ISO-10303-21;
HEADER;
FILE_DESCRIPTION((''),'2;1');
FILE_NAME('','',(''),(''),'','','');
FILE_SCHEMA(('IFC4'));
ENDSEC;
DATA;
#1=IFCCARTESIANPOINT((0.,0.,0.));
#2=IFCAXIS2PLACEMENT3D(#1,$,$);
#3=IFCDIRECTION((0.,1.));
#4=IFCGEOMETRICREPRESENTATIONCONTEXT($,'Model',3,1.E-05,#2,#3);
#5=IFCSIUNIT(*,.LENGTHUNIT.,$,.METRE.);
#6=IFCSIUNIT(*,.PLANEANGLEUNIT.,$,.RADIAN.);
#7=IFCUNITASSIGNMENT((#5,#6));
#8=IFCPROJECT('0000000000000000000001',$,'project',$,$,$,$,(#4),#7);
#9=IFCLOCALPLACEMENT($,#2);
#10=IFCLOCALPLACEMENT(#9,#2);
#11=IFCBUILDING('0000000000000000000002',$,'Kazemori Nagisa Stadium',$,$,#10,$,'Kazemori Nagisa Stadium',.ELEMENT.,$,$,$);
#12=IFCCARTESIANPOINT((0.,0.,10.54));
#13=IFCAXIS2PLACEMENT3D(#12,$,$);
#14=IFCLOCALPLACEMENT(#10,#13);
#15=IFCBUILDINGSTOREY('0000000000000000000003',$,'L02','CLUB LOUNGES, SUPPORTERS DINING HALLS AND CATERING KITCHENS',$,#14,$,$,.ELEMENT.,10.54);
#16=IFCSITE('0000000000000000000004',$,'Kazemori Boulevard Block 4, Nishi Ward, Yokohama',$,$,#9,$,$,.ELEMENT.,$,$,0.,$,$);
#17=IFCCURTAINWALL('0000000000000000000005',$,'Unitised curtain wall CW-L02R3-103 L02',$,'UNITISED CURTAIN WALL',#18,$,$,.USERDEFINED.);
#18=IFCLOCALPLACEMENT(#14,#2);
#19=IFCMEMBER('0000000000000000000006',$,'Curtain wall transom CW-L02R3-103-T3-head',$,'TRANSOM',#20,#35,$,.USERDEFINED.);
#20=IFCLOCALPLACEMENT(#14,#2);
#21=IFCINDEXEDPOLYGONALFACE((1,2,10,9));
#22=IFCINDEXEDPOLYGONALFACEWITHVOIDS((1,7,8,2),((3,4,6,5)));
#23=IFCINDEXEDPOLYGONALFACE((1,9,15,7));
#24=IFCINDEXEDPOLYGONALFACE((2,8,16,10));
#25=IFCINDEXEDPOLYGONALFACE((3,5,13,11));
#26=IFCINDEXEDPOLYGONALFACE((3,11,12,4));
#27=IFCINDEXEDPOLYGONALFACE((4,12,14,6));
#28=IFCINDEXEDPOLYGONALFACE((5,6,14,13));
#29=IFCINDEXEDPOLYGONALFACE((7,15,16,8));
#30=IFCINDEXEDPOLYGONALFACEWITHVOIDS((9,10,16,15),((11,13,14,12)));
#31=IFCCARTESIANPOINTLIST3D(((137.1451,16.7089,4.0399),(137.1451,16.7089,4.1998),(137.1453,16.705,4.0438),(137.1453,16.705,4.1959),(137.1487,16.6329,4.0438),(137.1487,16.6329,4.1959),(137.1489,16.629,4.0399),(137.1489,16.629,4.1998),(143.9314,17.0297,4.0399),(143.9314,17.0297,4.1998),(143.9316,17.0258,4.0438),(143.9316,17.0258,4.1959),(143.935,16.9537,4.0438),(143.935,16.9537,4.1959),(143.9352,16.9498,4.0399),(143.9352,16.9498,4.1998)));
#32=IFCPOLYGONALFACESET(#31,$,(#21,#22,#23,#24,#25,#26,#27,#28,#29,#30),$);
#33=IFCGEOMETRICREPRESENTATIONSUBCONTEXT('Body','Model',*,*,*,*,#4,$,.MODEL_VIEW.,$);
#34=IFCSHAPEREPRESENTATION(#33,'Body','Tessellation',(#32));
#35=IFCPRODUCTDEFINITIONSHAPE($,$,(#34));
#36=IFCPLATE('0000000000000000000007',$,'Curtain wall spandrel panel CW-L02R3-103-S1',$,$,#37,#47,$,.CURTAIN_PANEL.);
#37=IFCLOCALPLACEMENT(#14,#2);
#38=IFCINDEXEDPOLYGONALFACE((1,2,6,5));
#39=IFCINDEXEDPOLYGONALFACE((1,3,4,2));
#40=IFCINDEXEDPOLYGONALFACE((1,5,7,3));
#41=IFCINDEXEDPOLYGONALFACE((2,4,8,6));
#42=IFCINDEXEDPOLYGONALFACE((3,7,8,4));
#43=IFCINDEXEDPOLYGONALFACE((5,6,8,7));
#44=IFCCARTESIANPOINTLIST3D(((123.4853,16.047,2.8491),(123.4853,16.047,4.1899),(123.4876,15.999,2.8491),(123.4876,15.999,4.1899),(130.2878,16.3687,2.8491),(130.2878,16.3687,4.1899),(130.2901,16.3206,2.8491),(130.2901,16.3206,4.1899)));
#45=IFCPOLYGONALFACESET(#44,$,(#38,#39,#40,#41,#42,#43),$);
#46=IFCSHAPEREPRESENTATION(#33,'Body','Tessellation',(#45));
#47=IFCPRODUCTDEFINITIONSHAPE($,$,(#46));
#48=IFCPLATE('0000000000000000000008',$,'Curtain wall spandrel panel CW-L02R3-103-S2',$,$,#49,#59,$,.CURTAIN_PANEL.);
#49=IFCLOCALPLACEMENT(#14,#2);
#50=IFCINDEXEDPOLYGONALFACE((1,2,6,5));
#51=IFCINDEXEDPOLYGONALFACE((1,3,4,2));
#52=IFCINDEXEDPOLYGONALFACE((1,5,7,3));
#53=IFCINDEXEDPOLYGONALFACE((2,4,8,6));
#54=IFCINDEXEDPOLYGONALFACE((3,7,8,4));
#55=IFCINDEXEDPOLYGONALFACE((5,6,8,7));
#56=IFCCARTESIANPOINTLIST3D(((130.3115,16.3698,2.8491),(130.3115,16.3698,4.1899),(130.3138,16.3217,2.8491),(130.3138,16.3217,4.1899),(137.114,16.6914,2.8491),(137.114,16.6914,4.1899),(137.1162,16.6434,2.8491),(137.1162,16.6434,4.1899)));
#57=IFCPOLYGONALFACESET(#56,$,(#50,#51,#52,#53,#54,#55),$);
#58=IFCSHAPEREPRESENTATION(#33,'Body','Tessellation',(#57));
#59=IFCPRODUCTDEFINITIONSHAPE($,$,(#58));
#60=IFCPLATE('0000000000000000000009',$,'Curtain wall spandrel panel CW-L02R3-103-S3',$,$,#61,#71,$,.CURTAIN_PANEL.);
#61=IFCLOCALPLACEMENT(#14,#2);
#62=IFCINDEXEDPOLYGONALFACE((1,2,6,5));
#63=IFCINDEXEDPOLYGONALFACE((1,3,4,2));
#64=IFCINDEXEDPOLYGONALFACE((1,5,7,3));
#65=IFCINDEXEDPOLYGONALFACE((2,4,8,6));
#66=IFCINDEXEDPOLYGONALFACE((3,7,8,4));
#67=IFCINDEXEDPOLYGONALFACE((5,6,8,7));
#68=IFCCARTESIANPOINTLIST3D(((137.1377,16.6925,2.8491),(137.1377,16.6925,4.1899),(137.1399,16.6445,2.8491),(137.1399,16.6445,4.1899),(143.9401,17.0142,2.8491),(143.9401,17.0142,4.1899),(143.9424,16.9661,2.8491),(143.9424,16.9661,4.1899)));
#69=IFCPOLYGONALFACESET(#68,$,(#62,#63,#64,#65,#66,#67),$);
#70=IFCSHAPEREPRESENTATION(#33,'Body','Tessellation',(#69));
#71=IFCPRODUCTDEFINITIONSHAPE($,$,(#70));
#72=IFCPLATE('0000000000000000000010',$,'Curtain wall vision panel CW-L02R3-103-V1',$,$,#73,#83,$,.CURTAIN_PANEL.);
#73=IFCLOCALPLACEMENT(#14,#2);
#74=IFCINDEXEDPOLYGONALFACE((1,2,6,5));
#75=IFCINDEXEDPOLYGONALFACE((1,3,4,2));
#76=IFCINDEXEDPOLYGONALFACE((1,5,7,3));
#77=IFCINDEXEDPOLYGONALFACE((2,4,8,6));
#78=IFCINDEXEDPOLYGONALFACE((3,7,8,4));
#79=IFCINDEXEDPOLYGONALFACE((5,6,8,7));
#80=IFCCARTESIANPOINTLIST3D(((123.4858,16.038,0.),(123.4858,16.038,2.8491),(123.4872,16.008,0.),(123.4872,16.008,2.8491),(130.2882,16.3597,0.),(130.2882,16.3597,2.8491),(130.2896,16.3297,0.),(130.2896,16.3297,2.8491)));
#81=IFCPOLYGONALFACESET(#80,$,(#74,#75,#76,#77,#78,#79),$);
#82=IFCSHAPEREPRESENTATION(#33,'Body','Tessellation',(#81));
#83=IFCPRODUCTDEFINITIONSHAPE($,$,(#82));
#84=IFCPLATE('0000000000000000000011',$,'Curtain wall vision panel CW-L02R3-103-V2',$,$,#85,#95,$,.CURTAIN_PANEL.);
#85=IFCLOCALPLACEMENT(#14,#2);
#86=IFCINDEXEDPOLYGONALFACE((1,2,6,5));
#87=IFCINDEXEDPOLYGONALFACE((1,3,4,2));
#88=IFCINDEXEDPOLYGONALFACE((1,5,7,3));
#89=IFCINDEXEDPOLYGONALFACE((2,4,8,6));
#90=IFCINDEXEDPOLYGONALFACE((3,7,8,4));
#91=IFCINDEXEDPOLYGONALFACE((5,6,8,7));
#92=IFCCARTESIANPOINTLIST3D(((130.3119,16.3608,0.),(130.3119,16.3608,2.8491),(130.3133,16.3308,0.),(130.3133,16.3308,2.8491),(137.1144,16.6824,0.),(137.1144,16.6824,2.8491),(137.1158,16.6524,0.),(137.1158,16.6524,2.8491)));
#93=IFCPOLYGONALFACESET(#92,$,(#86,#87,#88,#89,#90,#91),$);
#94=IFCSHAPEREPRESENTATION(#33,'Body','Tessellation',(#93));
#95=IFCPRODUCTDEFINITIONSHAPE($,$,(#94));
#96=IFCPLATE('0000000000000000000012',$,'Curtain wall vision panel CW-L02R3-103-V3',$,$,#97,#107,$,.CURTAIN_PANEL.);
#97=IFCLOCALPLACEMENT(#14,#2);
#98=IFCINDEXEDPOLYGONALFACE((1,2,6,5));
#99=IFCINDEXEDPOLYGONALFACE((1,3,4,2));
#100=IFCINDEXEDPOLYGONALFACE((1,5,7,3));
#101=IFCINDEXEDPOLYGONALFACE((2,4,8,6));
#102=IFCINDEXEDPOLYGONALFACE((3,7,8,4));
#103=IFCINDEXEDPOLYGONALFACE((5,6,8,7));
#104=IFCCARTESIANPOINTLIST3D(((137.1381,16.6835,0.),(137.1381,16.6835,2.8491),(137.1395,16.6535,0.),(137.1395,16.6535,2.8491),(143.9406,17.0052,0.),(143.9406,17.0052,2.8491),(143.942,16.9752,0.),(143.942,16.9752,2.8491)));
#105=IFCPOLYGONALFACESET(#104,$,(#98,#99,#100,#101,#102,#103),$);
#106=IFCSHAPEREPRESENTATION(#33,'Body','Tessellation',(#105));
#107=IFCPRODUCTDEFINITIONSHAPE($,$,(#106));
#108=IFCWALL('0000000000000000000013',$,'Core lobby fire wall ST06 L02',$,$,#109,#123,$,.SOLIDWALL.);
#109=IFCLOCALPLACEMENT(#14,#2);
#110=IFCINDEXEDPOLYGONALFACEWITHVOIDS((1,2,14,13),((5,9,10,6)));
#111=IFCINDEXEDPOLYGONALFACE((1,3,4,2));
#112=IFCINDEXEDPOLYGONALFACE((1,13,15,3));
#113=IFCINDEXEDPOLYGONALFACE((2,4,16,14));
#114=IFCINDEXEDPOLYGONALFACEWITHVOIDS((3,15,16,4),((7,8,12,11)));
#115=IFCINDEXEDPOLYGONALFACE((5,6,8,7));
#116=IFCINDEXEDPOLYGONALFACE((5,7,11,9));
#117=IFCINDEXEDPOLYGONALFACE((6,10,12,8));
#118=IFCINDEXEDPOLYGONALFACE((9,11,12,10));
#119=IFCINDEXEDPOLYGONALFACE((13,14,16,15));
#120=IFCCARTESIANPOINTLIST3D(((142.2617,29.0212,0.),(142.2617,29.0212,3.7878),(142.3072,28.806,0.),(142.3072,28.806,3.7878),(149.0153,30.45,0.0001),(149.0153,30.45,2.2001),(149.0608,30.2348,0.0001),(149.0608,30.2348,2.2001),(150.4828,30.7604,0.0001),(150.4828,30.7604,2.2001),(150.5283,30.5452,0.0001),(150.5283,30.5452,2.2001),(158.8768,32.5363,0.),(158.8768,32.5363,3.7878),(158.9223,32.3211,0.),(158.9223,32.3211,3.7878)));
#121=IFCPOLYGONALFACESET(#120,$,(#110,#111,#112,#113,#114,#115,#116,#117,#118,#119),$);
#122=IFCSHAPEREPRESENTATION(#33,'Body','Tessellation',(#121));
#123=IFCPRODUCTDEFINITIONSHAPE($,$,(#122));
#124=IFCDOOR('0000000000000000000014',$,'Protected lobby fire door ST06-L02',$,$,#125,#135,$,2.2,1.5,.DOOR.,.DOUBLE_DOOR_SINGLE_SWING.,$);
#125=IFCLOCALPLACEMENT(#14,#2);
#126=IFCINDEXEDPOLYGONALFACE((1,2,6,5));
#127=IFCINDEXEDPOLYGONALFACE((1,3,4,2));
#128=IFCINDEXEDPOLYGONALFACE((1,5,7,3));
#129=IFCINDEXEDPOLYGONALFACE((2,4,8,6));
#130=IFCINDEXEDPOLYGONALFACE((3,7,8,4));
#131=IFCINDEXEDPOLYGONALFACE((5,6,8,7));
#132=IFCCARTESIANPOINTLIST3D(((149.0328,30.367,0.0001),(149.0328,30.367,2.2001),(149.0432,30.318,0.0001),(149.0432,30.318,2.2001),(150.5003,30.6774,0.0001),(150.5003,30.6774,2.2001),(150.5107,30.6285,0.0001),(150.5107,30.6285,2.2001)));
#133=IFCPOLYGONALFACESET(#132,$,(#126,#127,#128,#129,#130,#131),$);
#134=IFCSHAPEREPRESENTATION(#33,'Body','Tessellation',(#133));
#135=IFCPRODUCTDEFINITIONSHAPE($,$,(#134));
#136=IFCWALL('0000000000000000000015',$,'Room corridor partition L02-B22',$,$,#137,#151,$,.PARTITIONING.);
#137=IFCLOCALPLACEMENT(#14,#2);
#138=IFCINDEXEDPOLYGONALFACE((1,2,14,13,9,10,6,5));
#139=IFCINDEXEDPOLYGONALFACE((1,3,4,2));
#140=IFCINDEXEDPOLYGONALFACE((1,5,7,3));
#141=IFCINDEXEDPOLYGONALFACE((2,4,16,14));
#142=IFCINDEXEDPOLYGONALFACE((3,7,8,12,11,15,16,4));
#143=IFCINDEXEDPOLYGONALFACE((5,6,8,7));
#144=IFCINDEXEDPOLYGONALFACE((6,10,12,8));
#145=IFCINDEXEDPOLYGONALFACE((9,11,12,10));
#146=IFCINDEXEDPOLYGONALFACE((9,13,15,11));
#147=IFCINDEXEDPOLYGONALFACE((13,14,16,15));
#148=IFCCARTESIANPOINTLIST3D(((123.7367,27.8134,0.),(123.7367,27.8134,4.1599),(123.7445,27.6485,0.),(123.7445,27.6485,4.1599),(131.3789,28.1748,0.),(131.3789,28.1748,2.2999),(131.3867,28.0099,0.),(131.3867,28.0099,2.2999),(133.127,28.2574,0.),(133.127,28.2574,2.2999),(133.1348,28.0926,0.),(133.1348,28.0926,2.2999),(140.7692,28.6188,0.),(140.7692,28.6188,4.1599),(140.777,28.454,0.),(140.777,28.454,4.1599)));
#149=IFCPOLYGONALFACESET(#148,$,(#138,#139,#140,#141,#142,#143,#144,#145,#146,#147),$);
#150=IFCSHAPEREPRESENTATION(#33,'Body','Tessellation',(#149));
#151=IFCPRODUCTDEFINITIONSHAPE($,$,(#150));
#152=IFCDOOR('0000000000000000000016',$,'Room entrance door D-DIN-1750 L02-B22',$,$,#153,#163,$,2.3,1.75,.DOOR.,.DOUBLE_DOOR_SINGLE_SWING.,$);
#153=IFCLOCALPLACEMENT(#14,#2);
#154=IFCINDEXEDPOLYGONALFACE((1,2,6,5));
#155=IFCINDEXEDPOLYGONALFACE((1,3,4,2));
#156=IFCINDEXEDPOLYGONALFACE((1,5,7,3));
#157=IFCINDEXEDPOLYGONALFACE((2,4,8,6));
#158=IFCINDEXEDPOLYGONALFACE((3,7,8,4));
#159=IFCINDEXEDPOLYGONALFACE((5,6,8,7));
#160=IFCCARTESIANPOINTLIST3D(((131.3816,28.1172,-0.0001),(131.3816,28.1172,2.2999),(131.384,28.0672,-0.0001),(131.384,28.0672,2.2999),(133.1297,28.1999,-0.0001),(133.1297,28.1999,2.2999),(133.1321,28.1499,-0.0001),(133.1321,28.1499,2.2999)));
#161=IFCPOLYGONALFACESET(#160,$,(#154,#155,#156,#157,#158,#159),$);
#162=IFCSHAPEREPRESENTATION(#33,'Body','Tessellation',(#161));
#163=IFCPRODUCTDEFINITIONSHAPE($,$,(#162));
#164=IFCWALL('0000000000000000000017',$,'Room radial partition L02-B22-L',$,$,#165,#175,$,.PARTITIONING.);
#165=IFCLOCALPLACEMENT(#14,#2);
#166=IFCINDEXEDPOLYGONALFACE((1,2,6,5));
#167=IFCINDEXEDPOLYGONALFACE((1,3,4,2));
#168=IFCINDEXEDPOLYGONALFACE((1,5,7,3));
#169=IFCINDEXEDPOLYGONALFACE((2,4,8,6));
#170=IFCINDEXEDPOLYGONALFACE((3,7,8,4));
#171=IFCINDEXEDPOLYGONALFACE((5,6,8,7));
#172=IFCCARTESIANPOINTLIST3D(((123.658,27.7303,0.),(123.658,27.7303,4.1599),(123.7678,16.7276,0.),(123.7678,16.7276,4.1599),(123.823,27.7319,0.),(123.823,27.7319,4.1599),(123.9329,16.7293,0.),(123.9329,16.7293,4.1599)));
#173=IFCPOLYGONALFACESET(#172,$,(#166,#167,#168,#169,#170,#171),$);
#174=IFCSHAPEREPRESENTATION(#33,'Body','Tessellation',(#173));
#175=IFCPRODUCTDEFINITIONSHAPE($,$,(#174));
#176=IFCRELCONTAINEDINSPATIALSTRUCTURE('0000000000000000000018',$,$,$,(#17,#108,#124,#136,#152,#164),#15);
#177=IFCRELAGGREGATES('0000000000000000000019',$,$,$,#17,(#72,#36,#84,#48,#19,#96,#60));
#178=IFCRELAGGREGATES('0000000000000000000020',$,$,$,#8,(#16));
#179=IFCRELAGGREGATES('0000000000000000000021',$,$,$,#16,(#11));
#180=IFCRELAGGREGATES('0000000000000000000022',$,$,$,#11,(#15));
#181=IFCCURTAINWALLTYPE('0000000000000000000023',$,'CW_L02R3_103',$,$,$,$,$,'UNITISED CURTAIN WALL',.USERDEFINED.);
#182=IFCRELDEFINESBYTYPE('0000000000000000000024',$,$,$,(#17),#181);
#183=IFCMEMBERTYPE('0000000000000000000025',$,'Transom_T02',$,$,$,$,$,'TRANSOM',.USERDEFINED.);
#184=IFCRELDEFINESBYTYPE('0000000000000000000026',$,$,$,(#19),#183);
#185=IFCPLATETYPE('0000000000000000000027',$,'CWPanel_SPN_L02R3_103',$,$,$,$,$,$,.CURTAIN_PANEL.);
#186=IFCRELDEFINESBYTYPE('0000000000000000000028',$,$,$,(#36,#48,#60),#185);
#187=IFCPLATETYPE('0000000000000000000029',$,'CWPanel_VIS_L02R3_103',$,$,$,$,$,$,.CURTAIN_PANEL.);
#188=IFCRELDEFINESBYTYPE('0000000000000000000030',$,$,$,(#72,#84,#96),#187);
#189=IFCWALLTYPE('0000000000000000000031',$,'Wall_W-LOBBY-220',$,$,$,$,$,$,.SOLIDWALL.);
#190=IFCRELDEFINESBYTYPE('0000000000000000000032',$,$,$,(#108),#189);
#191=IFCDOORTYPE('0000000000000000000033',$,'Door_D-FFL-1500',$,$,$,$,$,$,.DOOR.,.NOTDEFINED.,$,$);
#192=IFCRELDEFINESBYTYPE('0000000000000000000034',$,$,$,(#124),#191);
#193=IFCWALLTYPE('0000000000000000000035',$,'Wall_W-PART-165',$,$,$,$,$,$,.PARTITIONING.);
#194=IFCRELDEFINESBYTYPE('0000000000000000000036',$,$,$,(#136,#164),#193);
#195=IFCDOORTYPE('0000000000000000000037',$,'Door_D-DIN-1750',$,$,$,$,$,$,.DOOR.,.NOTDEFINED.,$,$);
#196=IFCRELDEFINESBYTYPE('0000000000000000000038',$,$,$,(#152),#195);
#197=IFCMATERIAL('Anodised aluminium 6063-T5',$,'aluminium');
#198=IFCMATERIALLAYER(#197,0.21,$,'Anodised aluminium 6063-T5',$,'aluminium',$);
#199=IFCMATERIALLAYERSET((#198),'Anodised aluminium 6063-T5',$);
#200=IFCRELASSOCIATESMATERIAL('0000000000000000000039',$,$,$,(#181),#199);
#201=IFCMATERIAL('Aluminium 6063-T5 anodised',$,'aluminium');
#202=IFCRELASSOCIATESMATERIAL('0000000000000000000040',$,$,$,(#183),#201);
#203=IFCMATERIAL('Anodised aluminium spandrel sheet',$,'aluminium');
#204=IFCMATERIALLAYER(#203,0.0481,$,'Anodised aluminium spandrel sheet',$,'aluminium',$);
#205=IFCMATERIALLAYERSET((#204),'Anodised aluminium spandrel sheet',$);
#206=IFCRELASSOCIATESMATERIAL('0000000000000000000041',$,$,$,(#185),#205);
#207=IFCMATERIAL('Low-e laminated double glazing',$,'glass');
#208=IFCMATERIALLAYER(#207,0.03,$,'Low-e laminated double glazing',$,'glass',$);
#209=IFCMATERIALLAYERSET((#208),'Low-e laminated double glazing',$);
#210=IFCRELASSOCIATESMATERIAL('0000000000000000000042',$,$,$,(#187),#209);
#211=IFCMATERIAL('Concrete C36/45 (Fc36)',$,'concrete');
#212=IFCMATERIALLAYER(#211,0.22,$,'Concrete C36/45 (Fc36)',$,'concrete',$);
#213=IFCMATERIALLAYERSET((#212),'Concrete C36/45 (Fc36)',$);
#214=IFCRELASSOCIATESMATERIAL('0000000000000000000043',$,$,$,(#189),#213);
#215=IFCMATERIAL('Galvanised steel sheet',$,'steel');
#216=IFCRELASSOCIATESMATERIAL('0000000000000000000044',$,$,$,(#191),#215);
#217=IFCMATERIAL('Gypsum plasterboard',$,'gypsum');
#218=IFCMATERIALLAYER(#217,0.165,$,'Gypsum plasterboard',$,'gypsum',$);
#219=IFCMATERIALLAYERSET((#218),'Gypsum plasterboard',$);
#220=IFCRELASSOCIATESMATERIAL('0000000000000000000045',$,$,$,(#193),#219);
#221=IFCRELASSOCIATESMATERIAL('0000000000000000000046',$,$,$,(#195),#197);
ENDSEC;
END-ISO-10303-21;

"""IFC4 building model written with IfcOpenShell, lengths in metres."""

from ifc_helpers import new_model, si_unit, direction, frame, frame_2d, origin, origin_2d, place, context, subcontext, project, spatial, rectangle, hollow_rectangle, extrude, material, layer, layer_set, material_profile, profile_set, type_object, element, fill, aggregate, save


model = new_model("IFC4")

# Units and contexts
model_context = context("Model", 3, precision=1e-05, world=origin(), true_north=direction((0.0, 1.0)))
body_context = subcontext(model_context, "Body", "Model", "MODEL_VIEW")
ifc_project = project(units=[si_unit("LENGTHUNIT", "METRE"), si_unit("PLANEANGLEUNIT", "RADIAN")], contexts=[model_context])

# Site, building, storey
site_placement = place(None, origin())
site = spatial("IfcSite", under=ifc_project, at=site_placement, Name="Kazemori Boulevard Block 4, Nishi Ward, Yokohama", CompositionType="ELEMENT", RefElevation=0.0)
building_placement = place(site_placement, origin())
building = spatial("IfcBuilding", under=site, at=building_placement, Name="Kazemori Nagisa Stadium", LongName="Kazemori Nagisa Stadium", CompositionType="ELEMENT")
storey_placement = place(building_placement, frame((0.0, 0.0, 10.54)))
storey = spatial("IfcBuildingStorey", under=building, at=storey_placement, Name="L02", Description="CLUB LOUNGES, SUPPORTERS DINING HALLS AND CATERING KITCHENS", CompositionType="ELEMENT", Elevation=10.54)

# Curtain wall
ifc_material_1 = material(Name="Anodised aluminium 6063-T5", Category="aluminium")
ifc_layer_1 = layer(ifc_material_1, 0.21, Name="Anodised aluminium 6063-T5", Category="aluminium")
ifc_layer_set_1 = layer_set([ifc_layer_1], Name="Anodised aluminium 6063-T5")
curtain_wall_type_1 = type_object("IfcCurtainWallType", Name="CW_L02R3_103", ElementType="UNITISED CURTAIN WALL", PredefinedType="USERDEFINED", material=ifc_layer_set_1)
curtain_wall_1_placement = place(storey_placement, origin())
curtain_wall_1 = element("IfcCurtainWall", 1, at=curtain_wall_1_placement, inside=storey, type_object=curtain_wall_type_1, Name="Unitised curtain wall CW-L02R3-103 L02", ObjectType="UNITISED CURTAIN WALL", PredefinedType="USERDEFINED")
ifc_material_2 = material(Name="Aluminium 6063-T5 anodised", Category="aluminium")

# Member
ifc_material_profile_1 = material_profile(ifc_material_2, hollow_rectangle(XDim=0.0801, YDim=0.1599, WallThickness=0.0039, at=origin_2d()), Name="ALU-TRAN-80x160x4")
ifc_profile_set_1 = profile_set([ifc_material_profile_1], Name="Aluminium 6063-T5 anodised")
member_type_1 = type_object("IfcMemberType", Name="Transom_T02", ElementType="TRANSOM", PredefinedType="USERDEFINED", material=ifc_profile_set_1)
member_1_placement = place(storey_placement, frame((137.147, 16.6689, 4.1199), z_axis=(0.998885, 0.047219, 0.0), x_axis=(-0.047219, 0.998885, 0.0)))
member_1 = element("IfcMember", 2, at=member_1_placement, type_object=member_type_1, Name="Curtain wall transom CW-L02R3-103-T3-head", ObjectType="TRANSOM", PredefinedType="USERDEFINED", context=body_context, shape_type="SweptSolid", body=[
    extrude(hollow_rectangle(XDim=0.0801, YDim=0.1599, WallThickness=0.0039, at=origin_2d()), origin(), (0.0, 0.0, 1.0), 6.7939),
])

# Plates
ifc_material_3 = material(Name="Anodised aluminium spandrel sheet", Category="aluminium")
ifc_layer_2 = layer(ifc_material_3, 0.0481, Name="Anodised aluminium spandrel sheet", Category="aluminium")
ifc_layer_set_2 = layer_set([ifc_layer_2], Name="Anodised aluminium spandrel sheet")
plate_type_1 = type_object("IfcPlateType", Name="CWPanel_SPN_L02R3_103", PredefinedType="CURTAIN_PANEL", material=ifc_layer_set_2)
plate_1_placement = place(storey_placement, frame((126.8877, 16.1838, 2.8491), z_axis=(0.0, 0.0, 1.0), x_axis=(0.998884, 0.04723, 0.0)))
plate_1 = element("IfcPlate", 3, at=plate_1_placement, type_object=plate_type_1, Name="Curtain wall spandrel panel CW-L02R3-103-S1", PredefinedType="CURTAIN_PANEL", context=body_context, shape_type="SweptSolid", body=[
    extrude(rectangle(XDim=6.8101, YDim=0.0481, at=origin_2d()), origin(), (0.0, 0.0, 1.0), 1.3408),
])
plate_2_placement = place(storey_placement, frame((133.7139, 16.5066, 2.8491), z_axis=(0.0, 0.0, 1.0), x_axis=(0.998884, 0.04723, 0.0)))
plate_2 = element("IfcPlate", 4, at=plate_2_placement, type_object=plate_type_1, Name="Curtain wall spandrel panel CW-L02R3-103-S2", PredefinedType="CURTAIN_PANEL", context=body_context, shape_type="SweptSolid", body=[
    extrude(rectangle(XDim=6.8101, YDim=0.0481, at=origin_2d()), origin(), (0.0, 0.0, 1.0), 1.3408),
])
plate_3_placement = place(storey_placement, frame((140.54, 16.8293, 2.8491), z_axis=(0.0, 0.0, 1.0), x_axis=(0.998884, 0.04723, 0.0)))
plate_3 = element("IfcPlate", 5, at=plate_3_placement, type_object=plate_type_1, Name="Curtain wall spandrel panel CW-L02R3-103-S3", PredefinedType="CURTAIN_PANEL", context=body_context, shape_type="SweptSolid", body=[
    extrude(rectangle(XDim=6.8101, YDim=0.0481, at=origin_2d()), origin(), (0.0, 0.0, 1.0), 1.3408),
])
ifc_material_4 = material(Name="Low-e laminated double glazing", Category="glass")
ifc_layer_3 = layer(ifc_material_4, 0.03, Name="Low-e laminated double glazing", Category="glass")
ifc_layer_set_3 = layer_set([ifc_layer_3], Name="Low-e laminated double glazing")
plate_type_2 = type_object("IfcPlateType", Name="CWPanel_VIS_L02R3_103", PredefinedType="CURTAIN_PANEL", material=ifc_layer_set_3)
plate_4_placement = place(storey_placement, frame((126.8877, 16.1838, 0.0), z_axis=(0.0, 0.0, 1.0), x_axis=(0.998884, 0.04723, 0.0)))
plate_4 = element("IfcPlate", 6, at=plate_4_placement, type_object=plate_type_2, Name="Curtain wall vision panel CW-L02R3-103-V1", PredefinedType="CURTAIN_PANEL", context=body_context, shape_type="SweptSolid", body=[
    extrude(rectangle(XDim=6.8101, YDim=0.03, at=origin_2d()), origin(), (0.0, 0.0, 1.0), 2.8491),
])
plate_5_placement = place(storey_placement, frame((133.7139, 16.5066, 0.0), z_axis=(0.0, 0.0, 1.0), x_axis=(0.998884, 0.04723, 0.0)))
plate_5 = element("IfcPlate", 7, at=plate_5_placement, type_object=plate_type_2, Name="Curtain wall vision panel CW-L02R3-103-V2", PredefinedType="CURTAIN_PANEL", context=body_context, shape_type="SweptSolid", body=[
    extrude(rectangle(XDim=6.8101, YDim=0.03, at=origin_2d()), origin(), (0.0, 0.0, 1.0), 2.8491),
])
plate_6_placement = place(storey_placement, frame((140.54, 16.8293, 0.0), z_axis=(0.0, 0.0, 1.0), x_axis=(0.998884, 0.04723, 0.0)))
plate_6 = element("IfcPlate", 8, at=plate_6_placement, type_object=plate_type_2, Name="Curtain wall vision panel CW-L02R3-103-V3", PredefinedType="CURTAIN_PANEL", context=body_context, shape_type="SweptSolid", body=[
    extrude(rectangle(XDim=6.8101, YDim=0.03, at=origin_2d()), origin(), (0.0, 0.0, 1.0), 2.8491),
])
aggregate(curtain_wall_1, [plate_4, plate_1, plate_5, plate_2, member_1, plate_6, plate_3])

# Walls, openings, doors
ifc_material_5 = material(Name="Concrete C36/45 (Fc36)", Category="concrete")
ifc_layer_4 = layer(ifc_material_5, 0.22, Name="Concrete C36/45 (Fc36)", Category="concrete")
ifc_layer_set_4 = layer_set([ifc_layer_4], Name="Concrete C36/45 (Fc36)")
wall_type_1 = type_object("IfcWallType", Name="Wall_W-LOBBY-220", PredefinedType="SOLIDWALL", material=ifc_layer_set_4)
wall_1_placement = place(storey_placement, frame((142.2844, 28.9136, 0.0), z_axis=(0.0, 0.0, 1.0), x_axis=(0.978345, 0.20698, 0.0)))
wall_1 = element("IfcWall", 9, at=wall_1_placement, inside=storey, type_object=wall_type_1, Name="Core lobby fire wall ST06 L02", PredefinedType="SOLIDWALL", context=body_context, shape_type="SweptSolid", body=[
    extrude(rectangle(XDim=16.9829, YDim=0.22, at=frame_2d((8.4915, 0.0))), origin(), (0.0, 0.0, 1.0), 3.7878),
])
opening_1_placement = place(wall_1_placement, frame((6.9031, 0.0, 0.0)))
opening_1 = element("IfcOpeningElement", 10, at=opening_1_placement, cuts=wall_1, PredefinedType="OPENING", context=body_context, shape_type="SweptSolid", body=[
    extrude(rectangle(XDim=1.5, YDim=2.2, at=frame_2d((0.75, 1.1001))), frame((0.0, 0.1199, 0.0), z_axis=(0.0, -1.0, 0.0), x_axis=(1.0, 0.0, 0.0)), (0.0, 0.0, 1.0), 0.24),
])
ifc_material_6 = material(Name="Galvanised steel sheet", Category="steel")
door_type_1 = type_object("IfcDoorType", Name="Door_D-FFL-1500", OperationType="NOTDEFINED", PredefinedType="DOOR", material=ifc_material_6)
door_1_placement = place(opening_1_placement, frame((1.5, 0.0, 0.0), z_axis=(0.0, 0.0, 1.0), x_axis=(-1.0, 0.0, 0.0)))
door_1 = element("IfcDoor", 11, at=door_1_placement, inside=storey, type_object=door_type_1, Name="Protected lobby fire door ST06-L02", OperationType="DOUBLE_DOOR_SINGLE_SWING", OverallHeight=2.2, OverallWidth=1.5, PredefinedType="DOOR", context=body_context, shape_type="SweptSolid", body=[
    extrude(rectangle(XDim=1.5, YDim=2.2, at=frame_2d((0.75, 1.1001))), frame((0.0, 0.0249, 0.0), z_axis=(0.0, -1.0, 0.0), x_axis=(1.0, 0.0, 0.0)), (0.0, 0.0, 1.0), 0.05),
])
fill(opening_1, door_1)
ifc_material_7 = material(Name="Gypsum plasterboard", Category="gypsum")
ifc_layer_5 = layer(ifc_material_7, 0.165, Name="Gypsum plasterboard", Category="gypsum")
ifc_layer_set_5 = layer_set([ifc_layer_5], Name="Gypsum plasterboard")
wall_type_2 = type_object("IfcWallType", Name="Wall_W-PART-165", PredefinedType="PARTITIONING", material=ifc_layer_set_5)
wall_2_placement = place(storey_placement, frame((123.7405, 27.731, 0.0), z_axis=(0.0, 0.0, 1.0), x_axis=(0.998884, 0.047235, 0.0)))
wall_2 = element("IfcWall", 12, at=wall_2_placement, inside=storey, type_object=wall_type_2, Name="Room corridor partition L02-B22", PredefinedType="PARTITIONING", context=body_context, shape_type="SweptSolid", body=[
    extrude(rectangle(XDim=17.0515, YDim=0.165, at=frame_2d((8.5259, 0.0))), origin(), (0.0, 0.0, 1.0), 4.1599),
])
opening_2_placement = place(wall_2_placement, frame((7.6509, 0.0, 0.0)))
opening_2 = element("IfcOpeningElement", 13, at=opening_2_placement, cuts=wall_2, PredefinedType="OPENING", context=body_context, shape_type="SweptSolid", body=[
    extrude(rectangle(XDim=1.75, YDim=2.3, at=frame_2d((0.875, 1.1499))), frame((0.0, 0.0925, 0.0), z_axis=(0.0, -1.0, 0.0), x_axis=(1.0, 0.0, 0.0)), (0.0, 0.0, 1.0), 0.1851),
])
door_type_2 = type_object("IfcDoorType", Name="Door_D-DIN-1750", OperationType="NOTDEFINED", PredefinedType="DOOR", material=ifc_material_1)
door_2_placement = place(opening_2_placement, origin())
door_2 = element("IfcDoor", 14, at=door_2_placement, inside=storey, type_object=door_type_2, Name="Room entrance door D-DIN-1750 L02-B22", OperationType="DOUBLE_DOOR_SINGLE_SWING", OverallHeight=2.3, OverallWidth=1.75, PredefinedType="DOOR", context=body_context, shape_type="SweptSolid", body=[
    extrude(rectangle(XDim=1.75, YDim=2.3, at=frame_2d((0.875, 1.1499))), frame((0.0, 0.0249, 0.0), z_axis=(0.0, -1.0, 0.0), x_axis=(1.0, 0.0, 0.0)), (0.0, 0.0, 1.0), 0.05),
])
fill(opening_2, door_2)

# Wall
wall_3_placement = place(storey_placement, frame((123.7405, 27.731, 0.0), z_axis=(0.0, 0.0, 1.0), x_axis=(0.009985, -0.99995, 0.0)))
element("IfcWall", 15, at=wall_3_placement, inside=storey, type_object=wall_type_2, Name="Room radial partition L02-B22-L", PredefinedType="PARTITIONING", context=body_context, shape_type="SweptSolid", body=[
    extrude(rectangle(XDim=11.0032, YDim=0.165, at=frame_2d((5.5015, 0.0))), origin(), (0.0, 0.0, 1.0), 4.1599),
])

save(model, "model.ifc")
